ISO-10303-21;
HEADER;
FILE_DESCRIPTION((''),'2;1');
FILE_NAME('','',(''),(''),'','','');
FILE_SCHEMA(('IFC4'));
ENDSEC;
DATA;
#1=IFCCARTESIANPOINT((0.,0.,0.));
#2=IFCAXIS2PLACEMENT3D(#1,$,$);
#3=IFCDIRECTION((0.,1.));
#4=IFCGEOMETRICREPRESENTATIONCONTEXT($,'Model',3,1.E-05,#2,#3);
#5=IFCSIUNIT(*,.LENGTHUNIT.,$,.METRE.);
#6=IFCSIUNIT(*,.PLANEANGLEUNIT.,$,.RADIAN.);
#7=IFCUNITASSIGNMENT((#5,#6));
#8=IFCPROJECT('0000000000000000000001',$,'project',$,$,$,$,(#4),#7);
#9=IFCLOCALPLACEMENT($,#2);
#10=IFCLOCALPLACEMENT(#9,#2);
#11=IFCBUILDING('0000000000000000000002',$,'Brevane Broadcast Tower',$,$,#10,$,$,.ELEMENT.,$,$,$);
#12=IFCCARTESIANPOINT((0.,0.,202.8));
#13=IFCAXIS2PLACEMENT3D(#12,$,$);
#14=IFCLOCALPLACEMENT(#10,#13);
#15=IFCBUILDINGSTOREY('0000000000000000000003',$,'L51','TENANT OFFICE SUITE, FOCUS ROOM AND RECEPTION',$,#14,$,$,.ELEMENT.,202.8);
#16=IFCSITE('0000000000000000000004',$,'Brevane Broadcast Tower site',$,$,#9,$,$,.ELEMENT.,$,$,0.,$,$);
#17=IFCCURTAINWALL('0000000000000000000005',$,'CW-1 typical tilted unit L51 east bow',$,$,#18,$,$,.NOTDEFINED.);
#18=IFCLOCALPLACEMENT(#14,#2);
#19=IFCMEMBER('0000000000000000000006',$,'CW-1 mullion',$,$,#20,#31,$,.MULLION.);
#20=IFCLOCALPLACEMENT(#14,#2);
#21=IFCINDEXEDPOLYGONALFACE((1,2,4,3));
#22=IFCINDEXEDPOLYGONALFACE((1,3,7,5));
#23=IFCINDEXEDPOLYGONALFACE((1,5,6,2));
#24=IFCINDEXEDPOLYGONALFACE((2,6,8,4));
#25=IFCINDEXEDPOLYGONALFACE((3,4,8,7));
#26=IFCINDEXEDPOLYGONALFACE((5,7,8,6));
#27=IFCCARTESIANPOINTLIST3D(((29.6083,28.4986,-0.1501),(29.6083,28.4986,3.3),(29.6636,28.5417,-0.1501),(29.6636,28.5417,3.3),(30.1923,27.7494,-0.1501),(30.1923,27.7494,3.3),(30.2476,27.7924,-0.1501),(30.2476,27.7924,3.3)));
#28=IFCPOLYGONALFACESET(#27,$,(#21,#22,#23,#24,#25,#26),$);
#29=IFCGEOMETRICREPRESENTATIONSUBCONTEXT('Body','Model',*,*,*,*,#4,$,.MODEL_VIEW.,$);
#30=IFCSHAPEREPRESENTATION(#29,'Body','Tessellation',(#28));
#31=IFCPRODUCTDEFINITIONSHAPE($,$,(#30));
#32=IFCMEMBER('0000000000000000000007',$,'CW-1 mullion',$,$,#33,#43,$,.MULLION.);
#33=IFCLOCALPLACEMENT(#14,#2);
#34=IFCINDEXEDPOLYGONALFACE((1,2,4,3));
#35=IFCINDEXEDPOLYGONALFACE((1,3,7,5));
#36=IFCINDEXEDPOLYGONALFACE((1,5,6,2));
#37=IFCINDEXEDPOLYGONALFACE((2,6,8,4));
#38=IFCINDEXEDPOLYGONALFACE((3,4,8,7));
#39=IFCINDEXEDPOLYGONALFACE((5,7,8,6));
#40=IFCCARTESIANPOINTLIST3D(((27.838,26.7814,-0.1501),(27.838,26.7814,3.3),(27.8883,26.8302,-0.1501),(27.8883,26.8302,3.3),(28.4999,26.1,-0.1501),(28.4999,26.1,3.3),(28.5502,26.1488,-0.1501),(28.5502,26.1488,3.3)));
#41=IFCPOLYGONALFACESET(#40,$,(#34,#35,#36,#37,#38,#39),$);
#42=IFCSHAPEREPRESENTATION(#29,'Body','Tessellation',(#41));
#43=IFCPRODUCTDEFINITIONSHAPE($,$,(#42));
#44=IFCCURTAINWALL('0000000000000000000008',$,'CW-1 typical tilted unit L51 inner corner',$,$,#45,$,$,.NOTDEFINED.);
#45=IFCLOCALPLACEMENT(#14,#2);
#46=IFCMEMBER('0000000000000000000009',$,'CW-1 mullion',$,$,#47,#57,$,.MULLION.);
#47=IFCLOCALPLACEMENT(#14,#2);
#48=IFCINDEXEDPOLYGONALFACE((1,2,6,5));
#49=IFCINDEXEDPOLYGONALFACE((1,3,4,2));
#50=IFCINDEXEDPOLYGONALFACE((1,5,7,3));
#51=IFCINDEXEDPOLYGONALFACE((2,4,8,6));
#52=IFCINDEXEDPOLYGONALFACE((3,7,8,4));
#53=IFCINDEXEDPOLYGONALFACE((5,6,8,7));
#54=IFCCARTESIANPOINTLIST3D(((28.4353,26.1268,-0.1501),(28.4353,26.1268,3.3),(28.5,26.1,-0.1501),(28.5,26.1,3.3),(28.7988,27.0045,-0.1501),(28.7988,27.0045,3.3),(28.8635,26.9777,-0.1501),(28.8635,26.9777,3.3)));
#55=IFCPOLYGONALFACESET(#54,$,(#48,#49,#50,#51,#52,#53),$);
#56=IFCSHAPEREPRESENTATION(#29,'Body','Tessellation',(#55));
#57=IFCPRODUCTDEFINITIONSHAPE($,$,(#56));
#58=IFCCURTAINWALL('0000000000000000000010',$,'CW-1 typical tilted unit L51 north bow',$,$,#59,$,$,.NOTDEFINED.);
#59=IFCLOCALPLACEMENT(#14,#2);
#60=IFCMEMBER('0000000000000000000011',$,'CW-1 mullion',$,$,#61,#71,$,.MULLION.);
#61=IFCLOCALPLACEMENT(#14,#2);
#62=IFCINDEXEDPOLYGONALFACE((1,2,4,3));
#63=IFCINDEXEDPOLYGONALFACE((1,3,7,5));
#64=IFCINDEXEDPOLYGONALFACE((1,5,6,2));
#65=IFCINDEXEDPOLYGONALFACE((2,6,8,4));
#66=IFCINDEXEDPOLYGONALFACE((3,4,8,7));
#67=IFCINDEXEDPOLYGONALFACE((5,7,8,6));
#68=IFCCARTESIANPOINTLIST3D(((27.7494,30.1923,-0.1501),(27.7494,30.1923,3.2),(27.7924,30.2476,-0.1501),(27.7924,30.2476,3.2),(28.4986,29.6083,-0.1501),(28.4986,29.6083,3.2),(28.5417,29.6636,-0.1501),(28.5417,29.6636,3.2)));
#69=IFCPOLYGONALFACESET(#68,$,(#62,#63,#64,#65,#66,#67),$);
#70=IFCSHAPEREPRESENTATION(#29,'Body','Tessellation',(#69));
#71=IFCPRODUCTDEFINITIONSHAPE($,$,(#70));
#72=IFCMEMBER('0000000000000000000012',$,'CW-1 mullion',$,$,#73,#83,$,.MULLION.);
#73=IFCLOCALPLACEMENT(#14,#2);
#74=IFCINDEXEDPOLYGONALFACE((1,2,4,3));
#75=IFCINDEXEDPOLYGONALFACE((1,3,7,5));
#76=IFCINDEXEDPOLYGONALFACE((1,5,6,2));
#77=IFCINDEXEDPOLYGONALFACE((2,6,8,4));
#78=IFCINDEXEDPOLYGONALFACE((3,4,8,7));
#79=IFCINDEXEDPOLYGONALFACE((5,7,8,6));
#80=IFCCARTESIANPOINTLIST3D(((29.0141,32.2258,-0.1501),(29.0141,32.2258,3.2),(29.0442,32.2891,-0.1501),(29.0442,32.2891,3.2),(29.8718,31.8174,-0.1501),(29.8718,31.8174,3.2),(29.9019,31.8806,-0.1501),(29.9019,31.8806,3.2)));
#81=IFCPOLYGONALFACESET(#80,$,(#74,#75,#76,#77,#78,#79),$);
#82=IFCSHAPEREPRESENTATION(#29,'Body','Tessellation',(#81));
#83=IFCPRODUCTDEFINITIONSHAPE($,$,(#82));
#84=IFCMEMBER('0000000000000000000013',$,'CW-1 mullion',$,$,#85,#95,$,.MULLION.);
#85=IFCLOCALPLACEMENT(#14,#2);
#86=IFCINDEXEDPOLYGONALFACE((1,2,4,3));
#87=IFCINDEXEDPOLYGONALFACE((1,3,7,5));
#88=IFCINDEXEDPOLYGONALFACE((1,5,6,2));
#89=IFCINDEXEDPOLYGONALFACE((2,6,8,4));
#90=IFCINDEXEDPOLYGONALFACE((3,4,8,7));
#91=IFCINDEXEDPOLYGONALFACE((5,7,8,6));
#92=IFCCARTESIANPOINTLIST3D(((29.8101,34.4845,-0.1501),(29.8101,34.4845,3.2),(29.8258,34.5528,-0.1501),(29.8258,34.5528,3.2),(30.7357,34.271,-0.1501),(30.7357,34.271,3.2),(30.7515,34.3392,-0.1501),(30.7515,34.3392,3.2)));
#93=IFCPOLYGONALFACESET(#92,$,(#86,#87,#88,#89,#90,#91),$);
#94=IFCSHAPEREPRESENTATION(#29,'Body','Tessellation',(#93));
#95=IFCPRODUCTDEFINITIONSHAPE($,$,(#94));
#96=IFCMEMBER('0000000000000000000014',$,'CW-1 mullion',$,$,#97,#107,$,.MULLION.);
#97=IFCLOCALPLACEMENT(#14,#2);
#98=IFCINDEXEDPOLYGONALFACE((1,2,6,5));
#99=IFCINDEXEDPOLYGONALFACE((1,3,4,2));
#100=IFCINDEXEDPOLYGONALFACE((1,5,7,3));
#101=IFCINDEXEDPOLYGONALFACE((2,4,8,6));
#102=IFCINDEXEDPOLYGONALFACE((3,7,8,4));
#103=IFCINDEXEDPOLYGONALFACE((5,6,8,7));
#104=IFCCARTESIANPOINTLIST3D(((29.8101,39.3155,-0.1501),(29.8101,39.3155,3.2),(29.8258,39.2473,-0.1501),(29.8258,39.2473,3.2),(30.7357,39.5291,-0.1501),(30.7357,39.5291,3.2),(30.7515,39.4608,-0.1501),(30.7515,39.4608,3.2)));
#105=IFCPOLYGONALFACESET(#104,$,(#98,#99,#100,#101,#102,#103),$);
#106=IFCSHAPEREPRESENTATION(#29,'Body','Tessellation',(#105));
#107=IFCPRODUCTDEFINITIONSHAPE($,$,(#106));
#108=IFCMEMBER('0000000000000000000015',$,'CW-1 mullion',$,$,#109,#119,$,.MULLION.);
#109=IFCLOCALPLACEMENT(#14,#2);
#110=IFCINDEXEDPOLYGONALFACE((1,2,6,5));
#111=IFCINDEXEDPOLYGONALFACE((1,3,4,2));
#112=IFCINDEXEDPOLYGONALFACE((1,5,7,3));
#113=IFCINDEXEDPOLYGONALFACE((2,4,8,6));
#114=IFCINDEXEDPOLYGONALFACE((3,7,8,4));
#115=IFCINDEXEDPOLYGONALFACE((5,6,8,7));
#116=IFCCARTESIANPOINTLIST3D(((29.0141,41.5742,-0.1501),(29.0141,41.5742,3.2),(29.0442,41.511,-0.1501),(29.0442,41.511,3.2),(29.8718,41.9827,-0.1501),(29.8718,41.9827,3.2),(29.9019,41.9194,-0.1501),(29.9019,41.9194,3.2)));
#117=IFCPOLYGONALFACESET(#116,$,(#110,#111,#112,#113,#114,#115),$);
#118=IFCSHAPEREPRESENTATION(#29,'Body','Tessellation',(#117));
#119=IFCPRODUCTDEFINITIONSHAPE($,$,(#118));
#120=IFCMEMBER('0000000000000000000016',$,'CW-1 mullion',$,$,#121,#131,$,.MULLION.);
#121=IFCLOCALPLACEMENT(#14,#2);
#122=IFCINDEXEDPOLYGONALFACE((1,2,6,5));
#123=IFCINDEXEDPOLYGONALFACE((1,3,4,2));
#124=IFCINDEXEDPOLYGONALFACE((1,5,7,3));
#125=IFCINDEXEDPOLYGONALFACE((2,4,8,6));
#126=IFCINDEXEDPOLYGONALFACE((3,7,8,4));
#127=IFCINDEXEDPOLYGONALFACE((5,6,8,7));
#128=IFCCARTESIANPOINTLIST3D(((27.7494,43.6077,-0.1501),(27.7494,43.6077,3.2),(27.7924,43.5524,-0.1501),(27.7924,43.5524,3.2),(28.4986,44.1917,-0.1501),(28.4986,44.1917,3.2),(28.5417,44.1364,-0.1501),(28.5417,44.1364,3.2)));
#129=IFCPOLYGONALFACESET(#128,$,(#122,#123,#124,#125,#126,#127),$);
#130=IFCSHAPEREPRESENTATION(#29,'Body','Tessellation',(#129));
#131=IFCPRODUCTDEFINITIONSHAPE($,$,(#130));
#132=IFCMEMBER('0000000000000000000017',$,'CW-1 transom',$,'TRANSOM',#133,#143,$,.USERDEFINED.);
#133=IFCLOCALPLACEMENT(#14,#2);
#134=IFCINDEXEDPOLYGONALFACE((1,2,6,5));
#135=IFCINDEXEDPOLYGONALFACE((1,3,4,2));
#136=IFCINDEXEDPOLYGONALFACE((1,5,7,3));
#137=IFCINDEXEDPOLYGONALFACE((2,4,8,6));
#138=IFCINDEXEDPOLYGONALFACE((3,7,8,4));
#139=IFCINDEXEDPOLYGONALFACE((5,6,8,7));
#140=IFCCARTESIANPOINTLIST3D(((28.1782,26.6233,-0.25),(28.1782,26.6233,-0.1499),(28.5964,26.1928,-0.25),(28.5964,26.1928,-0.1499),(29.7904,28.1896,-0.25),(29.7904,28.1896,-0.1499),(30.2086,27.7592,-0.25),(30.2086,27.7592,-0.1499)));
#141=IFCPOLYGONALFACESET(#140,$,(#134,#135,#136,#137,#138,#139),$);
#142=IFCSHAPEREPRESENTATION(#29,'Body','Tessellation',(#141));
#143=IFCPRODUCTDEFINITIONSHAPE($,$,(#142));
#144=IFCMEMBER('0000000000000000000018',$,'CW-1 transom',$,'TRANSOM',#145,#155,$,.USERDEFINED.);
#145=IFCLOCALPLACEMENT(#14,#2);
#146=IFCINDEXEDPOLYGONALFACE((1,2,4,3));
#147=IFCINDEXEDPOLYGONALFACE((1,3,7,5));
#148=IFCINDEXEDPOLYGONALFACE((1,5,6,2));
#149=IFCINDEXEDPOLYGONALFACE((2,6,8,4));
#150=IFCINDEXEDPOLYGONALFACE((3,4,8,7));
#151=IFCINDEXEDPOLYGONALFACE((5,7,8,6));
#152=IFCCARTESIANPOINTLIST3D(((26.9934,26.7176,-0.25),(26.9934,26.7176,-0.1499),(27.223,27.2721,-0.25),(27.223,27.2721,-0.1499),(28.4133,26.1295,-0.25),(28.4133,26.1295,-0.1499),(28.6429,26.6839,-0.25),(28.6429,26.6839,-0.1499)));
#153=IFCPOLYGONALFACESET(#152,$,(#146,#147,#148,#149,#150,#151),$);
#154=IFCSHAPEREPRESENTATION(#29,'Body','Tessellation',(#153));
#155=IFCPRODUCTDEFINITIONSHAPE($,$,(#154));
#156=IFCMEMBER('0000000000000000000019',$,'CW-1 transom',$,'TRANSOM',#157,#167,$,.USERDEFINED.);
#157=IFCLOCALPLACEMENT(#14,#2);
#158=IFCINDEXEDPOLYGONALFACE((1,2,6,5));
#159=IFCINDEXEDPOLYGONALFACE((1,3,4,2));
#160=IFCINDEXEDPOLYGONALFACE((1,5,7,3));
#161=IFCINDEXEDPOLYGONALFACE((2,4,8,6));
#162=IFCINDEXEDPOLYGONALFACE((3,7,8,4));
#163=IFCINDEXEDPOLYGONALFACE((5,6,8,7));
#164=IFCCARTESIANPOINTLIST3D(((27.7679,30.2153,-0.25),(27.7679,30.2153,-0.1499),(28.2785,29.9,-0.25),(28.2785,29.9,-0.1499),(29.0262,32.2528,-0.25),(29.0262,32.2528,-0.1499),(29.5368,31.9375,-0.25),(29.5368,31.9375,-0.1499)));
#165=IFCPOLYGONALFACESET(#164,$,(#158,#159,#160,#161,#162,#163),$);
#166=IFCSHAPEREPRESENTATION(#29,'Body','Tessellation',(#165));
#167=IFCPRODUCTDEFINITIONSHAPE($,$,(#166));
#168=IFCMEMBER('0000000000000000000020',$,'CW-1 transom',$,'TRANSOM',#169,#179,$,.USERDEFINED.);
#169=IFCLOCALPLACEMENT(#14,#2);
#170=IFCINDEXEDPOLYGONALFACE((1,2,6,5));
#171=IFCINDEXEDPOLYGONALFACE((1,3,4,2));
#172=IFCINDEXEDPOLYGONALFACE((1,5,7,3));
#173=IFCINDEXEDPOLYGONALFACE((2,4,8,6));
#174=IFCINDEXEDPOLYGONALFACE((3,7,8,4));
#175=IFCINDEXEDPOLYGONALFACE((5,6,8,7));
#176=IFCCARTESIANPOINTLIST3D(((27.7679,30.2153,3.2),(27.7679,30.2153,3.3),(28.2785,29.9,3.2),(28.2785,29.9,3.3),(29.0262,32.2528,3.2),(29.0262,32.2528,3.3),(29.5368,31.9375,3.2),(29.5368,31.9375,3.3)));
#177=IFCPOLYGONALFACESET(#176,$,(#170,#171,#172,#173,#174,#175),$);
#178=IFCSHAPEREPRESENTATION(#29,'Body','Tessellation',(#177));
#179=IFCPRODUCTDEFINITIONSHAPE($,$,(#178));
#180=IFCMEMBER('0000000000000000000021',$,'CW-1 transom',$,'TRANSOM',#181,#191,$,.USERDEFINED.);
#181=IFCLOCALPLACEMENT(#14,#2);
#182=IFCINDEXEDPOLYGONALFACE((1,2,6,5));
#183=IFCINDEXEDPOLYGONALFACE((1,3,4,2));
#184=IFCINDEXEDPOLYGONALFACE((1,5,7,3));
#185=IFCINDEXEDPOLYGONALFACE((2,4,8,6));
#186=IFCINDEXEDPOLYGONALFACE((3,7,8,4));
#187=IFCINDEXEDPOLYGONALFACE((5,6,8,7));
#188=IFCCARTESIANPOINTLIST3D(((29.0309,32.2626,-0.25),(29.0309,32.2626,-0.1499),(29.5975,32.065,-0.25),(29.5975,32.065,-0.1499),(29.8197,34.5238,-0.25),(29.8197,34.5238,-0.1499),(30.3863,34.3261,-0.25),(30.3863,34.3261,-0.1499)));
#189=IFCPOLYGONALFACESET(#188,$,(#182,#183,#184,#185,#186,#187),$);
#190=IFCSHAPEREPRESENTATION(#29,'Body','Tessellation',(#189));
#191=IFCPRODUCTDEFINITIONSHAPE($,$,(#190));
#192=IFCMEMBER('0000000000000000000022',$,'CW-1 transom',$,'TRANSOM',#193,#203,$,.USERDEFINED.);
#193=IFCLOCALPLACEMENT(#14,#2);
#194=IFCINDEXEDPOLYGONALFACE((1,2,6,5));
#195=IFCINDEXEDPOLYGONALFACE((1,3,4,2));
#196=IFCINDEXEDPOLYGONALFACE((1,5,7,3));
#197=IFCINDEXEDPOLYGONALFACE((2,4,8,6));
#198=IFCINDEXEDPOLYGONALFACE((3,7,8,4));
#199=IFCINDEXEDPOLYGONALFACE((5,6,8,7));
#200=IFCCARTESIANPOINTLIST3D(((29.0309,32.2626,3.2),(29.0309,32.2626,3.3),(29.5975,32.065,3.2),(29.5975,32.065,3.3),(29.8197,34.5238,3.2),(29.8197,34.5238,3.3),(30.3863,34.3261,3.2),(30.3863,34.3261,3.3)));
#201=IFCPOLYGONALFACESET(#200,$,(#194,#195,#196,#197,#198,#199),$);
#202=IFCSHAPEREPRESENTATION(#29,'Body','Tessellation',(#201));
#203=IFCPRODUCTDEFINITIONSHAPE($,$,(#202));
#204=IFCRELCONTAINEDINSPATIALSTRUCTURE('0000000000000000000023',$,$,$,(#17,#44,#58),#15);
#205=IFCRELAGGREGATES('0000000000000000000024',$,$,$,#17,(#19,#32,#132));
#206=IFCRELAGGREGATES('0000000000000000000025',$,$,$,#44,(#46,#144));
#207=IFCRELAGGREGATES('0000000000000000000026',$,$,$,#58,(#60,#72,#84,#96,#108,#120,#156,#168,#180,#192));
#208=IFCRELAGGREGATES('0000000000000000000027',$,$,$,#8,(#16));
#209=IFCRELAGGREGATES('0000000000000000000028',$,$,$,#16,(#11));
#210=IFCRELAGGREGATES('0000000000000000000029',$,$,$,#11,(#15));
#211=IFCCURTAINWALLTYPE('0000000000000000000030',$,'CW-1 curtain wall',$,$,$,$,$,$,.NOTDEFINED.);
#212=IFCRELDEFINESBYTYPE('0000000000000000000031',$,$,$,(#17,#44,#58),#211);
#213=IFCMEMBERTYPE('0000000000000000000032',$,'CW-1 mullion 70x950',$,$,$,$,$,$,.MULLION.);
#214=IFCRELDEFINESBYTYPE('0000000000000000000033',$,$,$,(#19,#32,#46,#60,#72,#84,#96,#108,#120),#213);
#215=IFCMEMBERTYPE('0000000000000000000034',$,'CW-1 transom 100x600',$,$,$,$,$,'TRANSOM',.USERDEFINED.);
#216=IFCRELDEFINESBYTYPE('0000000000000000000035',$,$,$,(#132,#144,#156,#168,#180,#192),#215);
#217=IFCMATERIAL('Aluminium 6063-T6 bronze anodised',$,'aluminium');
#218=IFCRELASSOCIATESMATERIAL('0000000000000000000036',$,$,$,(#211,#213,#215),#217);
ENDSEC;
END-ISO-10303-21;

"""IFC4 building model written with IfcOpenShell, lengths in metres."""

from ifc_helpers import new_model, si_unit, direction, frame, origin, origin_2d, place, context, subcontext, project, spatial, rectangle, extrude, material, material_profile, profile_set, type_object, element, aggregate, save


model = new_model("IFC4")

# Units and contexts
model_context = context("Model", 3, precision=1e-05, world=origin(), true_north=direction((0.0, 1.0)))
body_context = subcontext(model_context, "Body", "Model", "MODEL_VIEW")
ifc_project = project(units=[si_unit("LENGTHUNIT", "METRE"), si_unit("PLANEANGLEUNIT", "RADIAN")], contexts=[model_context])

# Site, building, storey
site_placement = place(None, origin())
site = spatial("IfcSite", under=ifc_project, at=site_placement, Name="Brevane Broadcast Tower site", CompositionType="ELEMENT", RefElevation=0.0)
building_placement = place(site_placement, origin())
building = spatial("IfcBuilding", under=site, at=building_placement, Name="Brevane Broadcast Tower", CompositionType="ELEMENT")
storey_placement = place(building_placement, frame((0.0, 0.0, 202.8)))
storey = spatial("IfcBuildingStorey", under=building, at=storey_placement, Name="L51", Description="TENANT OFFICE SUITE, FOCUS ROOM AND RECEPTION", CompositionType="ELEMENT", Elevation=202.8)

# Curtain wall, members
ifc_material_1 = material(Name="Aluminium 6063-T6 bronze anodised", Category="aluminium")
curtain_wall_type = type_object("IfcCurtainWallType", Name="CW-1 curtain wall", PredefinedType="NOTDEFINED", material=ifc_material_1)
curtain_wall_1_placement = place(storey_placement, origin())
curtain_wall_1 = element("IfcCurtainWall", 1, at=curtain_wall_1_placement, inside=storey, type_object=curtain_wall_type, Name="CW-1 typical tilted unit L51 east bow", PredefinedType="NOTDEFINED")
ifc_material_profile_1 = material_profile(ifc_material_1, rectangle(XDim=0.95, YDim=0.0701, at=origin_2d()), Name="RECT 70x950")
ifc_profile_set_1 = profile_set([ifc_material_profile_1], Name="Aluminium 6063-T6 bronze anodised")
member_type_1 = type_object("IfcMemberType", Name="CW-1 mullion 70x950", PredefinedType="MULLION", material=ifc_profile_set_1)
member_1_placement = place(storey_placement, frame((29.928, 28.1455, -0.1501), z_axis=(0.0, 0.0, 1.0), x_axis=(0.61477, -0.788707, 0.0)))
member_1 = element("IfcMember", 2, at=member_1_placement, type_object=member_type_1, Name="CW-1 mullion", PredefinedType="MULLION", context=body_context, shape_type="SweptSolid", body=[
    extrude(rectangle(XDim=0.95, YDim=0.0701, at=origin_2d()), origin(), (0.0, 0.0, 1.0), 3.4502),
])
member_2_placement = place(storey_placement, frame((28.1941, 26.4651, -0.1501), z_axis=(0.0, 0.0, 1.0), x_axis=(0.696812, -0.717254, 0.0)))
member_2 = element("IfcMember", 3, at=member_2_placement, type_object=member_type_1, Name="CW-1 mullion", PredefinedType="MULLION", context=body_context, shape_type="SweptSolid", body=[
    extrude(rectangle(XDim=0.95, YDim=0.0701, at=origin_2d()), origin(), (0.0, 0.0, 1.0), 3.4502),
])

# Curtain wall, member
curtain_wall_2_placement = place(storey_placement, origin())
curtain_wall_2 = element("IfcCurtainWall", 4, at=curtain_wall_2_placement, inside=storey, type_object=curtain_wall_type, Name="CW-1 typical tilted unit L51 inner corner", PredefinedType="NOTDEFINED")
member_3_placement = place(storey_placement, frame((28.6494, 26.5522, -0.1501), z_axis=(0.0, 0.0, 1.0), x_axis=(-0.382683, -0.92388, 0.0)))
member_3 = element("IfcMember", 5, at=member_3_placement, type_object=member_type_1, Name="CW-1 mullion", PredefinedType="MULLION", context=body_context, shape_type="SweptSolid", body=[
    extrude(rectangle(XDim=0.95, YDim=0.0701, at=origin_2d()), origin(), (0.0, 0.0, 1.0), 3.4502),
])

# Curtain wall, members
curtain_wall_3_placement = place(storey_placement, origin())
curtain_wall_3 = element("IfcCurtainWall", 6, at=curtain_wall_3_placement, inside=storey, type_object=curtain_wall_type, Name="CW-1 typical tilted unit L51 north bow", PredefinedType="NOTDEFINED")
member_4_placement = place(storey_placement, frame((28.1455, 29.928, -0.1501), z_axis=(0.0, 0.0, 1.0), x_axis=(-0.788707, 0.61477, 0.0)))
member_4 = element("IfcMember", 7, at=member_4_placement, type_object=member_type_1, Name="CW-1 mullion", PredefinedType="MULLION", context=body_context, shape_type="SweptSolid", body=[
    extrude(rectangle(XDim=0.95, YDim=0.0701, at=origin_2d()), origin(), (0.0, 0.0, 1.0), 3.3501),
])
member_5_placement = place(storey_placement, frame((29.458, 32.0532, -0.1501), z_axis=(0.0, 0.0, 1.0), x_axis=(-0.902861, 0.429934, 0.0)))
member_5 = element("IfcMember", 8, at=member_5_placement, type_object=member_type_1, Name="CW-1 mullion", PredefinedType="MULLION", context=body_context, shape_type="SweptSolid", body=[
    extrude(rectangle(XDim=0.95, YDim=0.0701, at=origin_2d()), origin(), (0.0, 0.0, 1.0), 3.3501),
])
member_6_placement = place(storey_placement, frame((30.2808, 34.4119, -0.1501), z_axis=(0.0, 0.0, 1.0), x_axis=(-0.974403, 0.224807, 0.0)))
member_6 = element("IfcMember", 9, at=member_6_placement, type_object=member_type_1, Name="CW-1 mullion", PredefinedType="MULLION", context=body_context, shape_type="SweptSolid", body=[
    extrude(rectangle(XDim=0.95, YDim=0.0701, at=origin_2d()), origin(), (0.0, 0.0, 1.0), 3.3501),
])
member_7_placement = place(storey_placement, frame((30.2808, 39.3882, -0.1501), z_axis=(0.0, 0.0, 1.0), x_axis=(-0.974403, -0.224807, 0.0)))
member_7 = element("IfcMember", 10, at=member_7_placement, type_object=member_type_1, Name="CW-1 mullion", PredefinedType="MULLION", context=body_context, shape_type="SweptSolid", body=[
    extrude(rectangle(XDim=0.95, YDim=0.0701, at=origin_2d()), origin(), (0.0, 0.0, 1.0), 3.3501),
])
member_8_placement = place(storey_placement, frame((29.458, 41.7468, -0.1501), z_axis=(0.0, 0.0, 1.0), x_axis=(-0.902861, -0.429934, 0.0)))
member_8 = element("IfcMember", 11, at=member_8_placement, type_object=member_type_1, Name="CW-1 mullion", PredefinedType="MULLION", context=body_context, shape_type="SweptSolid", body=[
    extrude(rectangle(XDim=0.95, YDim=0.0701, at=origin_2d()), origin(), (0.0, 0.0, 1.0), 3.3501),
])
member_9_placement = place(storey_placement, frame((28.1455, 43.8721, -0.1501), z_axis=(0.0, 0.0, 1.0), x_axis=(-0.788707, -0.61477, 0.0)))
member_9 = element("IfcMember", 12, at=member_9_placement, type_object=member_type_1, Name="CW-1 mullion", PredefinedType="MULLION", context=body_context, shape_type="SweptSolid", body=[
    extrude(rectangle(XDim=0.95, YDim=0.0701, at=origin_2d()), origin(), (0.0, 0.0, 1.0), 3.3501),
])

# Members
ifc_material_profile_2 = material_profile(ifc_material_1, rectangle(XDim=0.6001, YDim=0.1001, at=origin_2d()), Name="RECT 100x600")
ifc_profile_set_2 = profile_set([ifc_material_profile_2], Name="Aluminium 6063-T6 bronze anodised")
member_type_2 = type_object("IfcMemberType", Name="CW-1 transom 100x600", ElementType="TRANSOM", PredefinedType="USERDEFINED", material=ifc_profile_set_2)
member_10_placement = place(storey_placement, frame((29.9995, 27.9744, -0.2), z_axis=(-0.717242, -0.696824, 0.0), x_axis=(0.696824, -0.717242, 0.0)))
member_10 = element("IfcMember", 13, at=member_10_placement, type_object=member_type_2, Name="CW-1 transom", ObjectType="TRANSOM", PredefinedType="USERDEFINED", context=body_context, shape_type="SweptSolid", body=[
    extrude(rectangle(XDim=0.6001, YDim=0.1001, at=origin_2d()), origin(), (0.0, 0.0, 1.0), 2.2478),
])
aggregate(curtain_wall_1, [member_1, member_2, member_10])
member_11_placement = place(storey_placement, frame((28.5281, 26.4067, -0.2), z_axis=(-0.923883, 0.382674, 0.0), x_axis=(-0.382674, -0.923883, 0.0)))
member_11 = element("IfcMember", 14, at=member_11_placement, type_object=member_type_2, Name="CW-1 transom", ObjectType="TRANSOM", PredefinedType="USERDEFINED", context=body_context, shape_type="SweptSolid", body=[
    extrude(rectangle(XDim=0.6001, YDim=0.1001, at=origin_2d()), origin(), (0.0, 0.0, 1.0), 1.5369),
])
aggregate(curtain_wall_2, [member_3, member_11])
member_12_placement = place(storey_placement, frame((28.0232, 30.0576, -0.2), z_axis=(0.525428, 0.850838, 0.0), x_axis=(-0.850838, 0.525428, 0.0)))
member_12 = element("IfcMember", 15, at=member_12_placement, type_object=member_type_2, Name="CW-1 transom", ObjectType="TRANSOM", PredefinedType="USERDEFINED", context=body_context, shape_type="SweptSolid", body=[
    extrude(rectangle(XDim=0.6001, YDim=0.1001, at=origin_2d()), origin(), (0.0, 0.0, 1.0), 2.3948),
])
member_13_placement = place(storey_placement, frame((28.0232, 30.0576, 3.25), z_axis=(0.525428, 0.850838, 0.0), x_axis=(-0.850838, 0.525428, 0.0)))
member_13 = element("IfcMember", 16, at=member_13_placement, type_object=member_type_2, Name="CW-1 transom", ObjectType="TRANSOM", PredefinedType="USERDEFINED", context=body_context, shape_type="SweptSolid", body=[
    extrude(rectangle(XDim=0.6001, YDim=0.1001, at=origin_2d()), origin(), (0.0, 0.0, 1.0), 2.3948),
])
member_14_placement = place(storey_placement, frame((29.3142, 32.1638, -0.2), z_axis=(0.329378, 0.944198, 0.0), x_axis=(-0.944198, 0.329378, 0.0)))
member_14 = element("IfcMember", 17, at=member_14_placement, type_object=member_type_2, Name="CW-1 transom", ObjectType="TRANSOM", PredefinedType="USERDEFINED", context=body_context, shape_type="SweptSolid", body=[
    extrude(rectangle(XDim=0.6001, YDim=0.1001, at=origin_2d()), origin(), (0.0, 0.0, 1.0), 2.3948),
])
member_15_placement = place(storey_placement, frame((29.3142, 32.1638, 3.25), z_axis=(0.329378, 0.944198, 0.0), x_axis=(-0.944198, 0.329378, 0.0)))
member_15 = element("IfcMember", 18, at=member_15_placement, type_object=member_type_2, Name="CW-1 transom", ObjectType="TRANSOM", PredefinedType="USERDEFINED", context=body_context, shape_type="SweptSolid", body=[
    extrude(rectangle(XDim=0.6001, YDim=0.1001, at=origin_2d()), origin(), (0.0, 0.0, 1.0), 2.3948),
])
aggregate(curtain_wall_3, [member_4, member_5, member_6, member_7, member_8, member_9, member_12, member_13, member_14, member_15])

save(model, "model.ifc")
